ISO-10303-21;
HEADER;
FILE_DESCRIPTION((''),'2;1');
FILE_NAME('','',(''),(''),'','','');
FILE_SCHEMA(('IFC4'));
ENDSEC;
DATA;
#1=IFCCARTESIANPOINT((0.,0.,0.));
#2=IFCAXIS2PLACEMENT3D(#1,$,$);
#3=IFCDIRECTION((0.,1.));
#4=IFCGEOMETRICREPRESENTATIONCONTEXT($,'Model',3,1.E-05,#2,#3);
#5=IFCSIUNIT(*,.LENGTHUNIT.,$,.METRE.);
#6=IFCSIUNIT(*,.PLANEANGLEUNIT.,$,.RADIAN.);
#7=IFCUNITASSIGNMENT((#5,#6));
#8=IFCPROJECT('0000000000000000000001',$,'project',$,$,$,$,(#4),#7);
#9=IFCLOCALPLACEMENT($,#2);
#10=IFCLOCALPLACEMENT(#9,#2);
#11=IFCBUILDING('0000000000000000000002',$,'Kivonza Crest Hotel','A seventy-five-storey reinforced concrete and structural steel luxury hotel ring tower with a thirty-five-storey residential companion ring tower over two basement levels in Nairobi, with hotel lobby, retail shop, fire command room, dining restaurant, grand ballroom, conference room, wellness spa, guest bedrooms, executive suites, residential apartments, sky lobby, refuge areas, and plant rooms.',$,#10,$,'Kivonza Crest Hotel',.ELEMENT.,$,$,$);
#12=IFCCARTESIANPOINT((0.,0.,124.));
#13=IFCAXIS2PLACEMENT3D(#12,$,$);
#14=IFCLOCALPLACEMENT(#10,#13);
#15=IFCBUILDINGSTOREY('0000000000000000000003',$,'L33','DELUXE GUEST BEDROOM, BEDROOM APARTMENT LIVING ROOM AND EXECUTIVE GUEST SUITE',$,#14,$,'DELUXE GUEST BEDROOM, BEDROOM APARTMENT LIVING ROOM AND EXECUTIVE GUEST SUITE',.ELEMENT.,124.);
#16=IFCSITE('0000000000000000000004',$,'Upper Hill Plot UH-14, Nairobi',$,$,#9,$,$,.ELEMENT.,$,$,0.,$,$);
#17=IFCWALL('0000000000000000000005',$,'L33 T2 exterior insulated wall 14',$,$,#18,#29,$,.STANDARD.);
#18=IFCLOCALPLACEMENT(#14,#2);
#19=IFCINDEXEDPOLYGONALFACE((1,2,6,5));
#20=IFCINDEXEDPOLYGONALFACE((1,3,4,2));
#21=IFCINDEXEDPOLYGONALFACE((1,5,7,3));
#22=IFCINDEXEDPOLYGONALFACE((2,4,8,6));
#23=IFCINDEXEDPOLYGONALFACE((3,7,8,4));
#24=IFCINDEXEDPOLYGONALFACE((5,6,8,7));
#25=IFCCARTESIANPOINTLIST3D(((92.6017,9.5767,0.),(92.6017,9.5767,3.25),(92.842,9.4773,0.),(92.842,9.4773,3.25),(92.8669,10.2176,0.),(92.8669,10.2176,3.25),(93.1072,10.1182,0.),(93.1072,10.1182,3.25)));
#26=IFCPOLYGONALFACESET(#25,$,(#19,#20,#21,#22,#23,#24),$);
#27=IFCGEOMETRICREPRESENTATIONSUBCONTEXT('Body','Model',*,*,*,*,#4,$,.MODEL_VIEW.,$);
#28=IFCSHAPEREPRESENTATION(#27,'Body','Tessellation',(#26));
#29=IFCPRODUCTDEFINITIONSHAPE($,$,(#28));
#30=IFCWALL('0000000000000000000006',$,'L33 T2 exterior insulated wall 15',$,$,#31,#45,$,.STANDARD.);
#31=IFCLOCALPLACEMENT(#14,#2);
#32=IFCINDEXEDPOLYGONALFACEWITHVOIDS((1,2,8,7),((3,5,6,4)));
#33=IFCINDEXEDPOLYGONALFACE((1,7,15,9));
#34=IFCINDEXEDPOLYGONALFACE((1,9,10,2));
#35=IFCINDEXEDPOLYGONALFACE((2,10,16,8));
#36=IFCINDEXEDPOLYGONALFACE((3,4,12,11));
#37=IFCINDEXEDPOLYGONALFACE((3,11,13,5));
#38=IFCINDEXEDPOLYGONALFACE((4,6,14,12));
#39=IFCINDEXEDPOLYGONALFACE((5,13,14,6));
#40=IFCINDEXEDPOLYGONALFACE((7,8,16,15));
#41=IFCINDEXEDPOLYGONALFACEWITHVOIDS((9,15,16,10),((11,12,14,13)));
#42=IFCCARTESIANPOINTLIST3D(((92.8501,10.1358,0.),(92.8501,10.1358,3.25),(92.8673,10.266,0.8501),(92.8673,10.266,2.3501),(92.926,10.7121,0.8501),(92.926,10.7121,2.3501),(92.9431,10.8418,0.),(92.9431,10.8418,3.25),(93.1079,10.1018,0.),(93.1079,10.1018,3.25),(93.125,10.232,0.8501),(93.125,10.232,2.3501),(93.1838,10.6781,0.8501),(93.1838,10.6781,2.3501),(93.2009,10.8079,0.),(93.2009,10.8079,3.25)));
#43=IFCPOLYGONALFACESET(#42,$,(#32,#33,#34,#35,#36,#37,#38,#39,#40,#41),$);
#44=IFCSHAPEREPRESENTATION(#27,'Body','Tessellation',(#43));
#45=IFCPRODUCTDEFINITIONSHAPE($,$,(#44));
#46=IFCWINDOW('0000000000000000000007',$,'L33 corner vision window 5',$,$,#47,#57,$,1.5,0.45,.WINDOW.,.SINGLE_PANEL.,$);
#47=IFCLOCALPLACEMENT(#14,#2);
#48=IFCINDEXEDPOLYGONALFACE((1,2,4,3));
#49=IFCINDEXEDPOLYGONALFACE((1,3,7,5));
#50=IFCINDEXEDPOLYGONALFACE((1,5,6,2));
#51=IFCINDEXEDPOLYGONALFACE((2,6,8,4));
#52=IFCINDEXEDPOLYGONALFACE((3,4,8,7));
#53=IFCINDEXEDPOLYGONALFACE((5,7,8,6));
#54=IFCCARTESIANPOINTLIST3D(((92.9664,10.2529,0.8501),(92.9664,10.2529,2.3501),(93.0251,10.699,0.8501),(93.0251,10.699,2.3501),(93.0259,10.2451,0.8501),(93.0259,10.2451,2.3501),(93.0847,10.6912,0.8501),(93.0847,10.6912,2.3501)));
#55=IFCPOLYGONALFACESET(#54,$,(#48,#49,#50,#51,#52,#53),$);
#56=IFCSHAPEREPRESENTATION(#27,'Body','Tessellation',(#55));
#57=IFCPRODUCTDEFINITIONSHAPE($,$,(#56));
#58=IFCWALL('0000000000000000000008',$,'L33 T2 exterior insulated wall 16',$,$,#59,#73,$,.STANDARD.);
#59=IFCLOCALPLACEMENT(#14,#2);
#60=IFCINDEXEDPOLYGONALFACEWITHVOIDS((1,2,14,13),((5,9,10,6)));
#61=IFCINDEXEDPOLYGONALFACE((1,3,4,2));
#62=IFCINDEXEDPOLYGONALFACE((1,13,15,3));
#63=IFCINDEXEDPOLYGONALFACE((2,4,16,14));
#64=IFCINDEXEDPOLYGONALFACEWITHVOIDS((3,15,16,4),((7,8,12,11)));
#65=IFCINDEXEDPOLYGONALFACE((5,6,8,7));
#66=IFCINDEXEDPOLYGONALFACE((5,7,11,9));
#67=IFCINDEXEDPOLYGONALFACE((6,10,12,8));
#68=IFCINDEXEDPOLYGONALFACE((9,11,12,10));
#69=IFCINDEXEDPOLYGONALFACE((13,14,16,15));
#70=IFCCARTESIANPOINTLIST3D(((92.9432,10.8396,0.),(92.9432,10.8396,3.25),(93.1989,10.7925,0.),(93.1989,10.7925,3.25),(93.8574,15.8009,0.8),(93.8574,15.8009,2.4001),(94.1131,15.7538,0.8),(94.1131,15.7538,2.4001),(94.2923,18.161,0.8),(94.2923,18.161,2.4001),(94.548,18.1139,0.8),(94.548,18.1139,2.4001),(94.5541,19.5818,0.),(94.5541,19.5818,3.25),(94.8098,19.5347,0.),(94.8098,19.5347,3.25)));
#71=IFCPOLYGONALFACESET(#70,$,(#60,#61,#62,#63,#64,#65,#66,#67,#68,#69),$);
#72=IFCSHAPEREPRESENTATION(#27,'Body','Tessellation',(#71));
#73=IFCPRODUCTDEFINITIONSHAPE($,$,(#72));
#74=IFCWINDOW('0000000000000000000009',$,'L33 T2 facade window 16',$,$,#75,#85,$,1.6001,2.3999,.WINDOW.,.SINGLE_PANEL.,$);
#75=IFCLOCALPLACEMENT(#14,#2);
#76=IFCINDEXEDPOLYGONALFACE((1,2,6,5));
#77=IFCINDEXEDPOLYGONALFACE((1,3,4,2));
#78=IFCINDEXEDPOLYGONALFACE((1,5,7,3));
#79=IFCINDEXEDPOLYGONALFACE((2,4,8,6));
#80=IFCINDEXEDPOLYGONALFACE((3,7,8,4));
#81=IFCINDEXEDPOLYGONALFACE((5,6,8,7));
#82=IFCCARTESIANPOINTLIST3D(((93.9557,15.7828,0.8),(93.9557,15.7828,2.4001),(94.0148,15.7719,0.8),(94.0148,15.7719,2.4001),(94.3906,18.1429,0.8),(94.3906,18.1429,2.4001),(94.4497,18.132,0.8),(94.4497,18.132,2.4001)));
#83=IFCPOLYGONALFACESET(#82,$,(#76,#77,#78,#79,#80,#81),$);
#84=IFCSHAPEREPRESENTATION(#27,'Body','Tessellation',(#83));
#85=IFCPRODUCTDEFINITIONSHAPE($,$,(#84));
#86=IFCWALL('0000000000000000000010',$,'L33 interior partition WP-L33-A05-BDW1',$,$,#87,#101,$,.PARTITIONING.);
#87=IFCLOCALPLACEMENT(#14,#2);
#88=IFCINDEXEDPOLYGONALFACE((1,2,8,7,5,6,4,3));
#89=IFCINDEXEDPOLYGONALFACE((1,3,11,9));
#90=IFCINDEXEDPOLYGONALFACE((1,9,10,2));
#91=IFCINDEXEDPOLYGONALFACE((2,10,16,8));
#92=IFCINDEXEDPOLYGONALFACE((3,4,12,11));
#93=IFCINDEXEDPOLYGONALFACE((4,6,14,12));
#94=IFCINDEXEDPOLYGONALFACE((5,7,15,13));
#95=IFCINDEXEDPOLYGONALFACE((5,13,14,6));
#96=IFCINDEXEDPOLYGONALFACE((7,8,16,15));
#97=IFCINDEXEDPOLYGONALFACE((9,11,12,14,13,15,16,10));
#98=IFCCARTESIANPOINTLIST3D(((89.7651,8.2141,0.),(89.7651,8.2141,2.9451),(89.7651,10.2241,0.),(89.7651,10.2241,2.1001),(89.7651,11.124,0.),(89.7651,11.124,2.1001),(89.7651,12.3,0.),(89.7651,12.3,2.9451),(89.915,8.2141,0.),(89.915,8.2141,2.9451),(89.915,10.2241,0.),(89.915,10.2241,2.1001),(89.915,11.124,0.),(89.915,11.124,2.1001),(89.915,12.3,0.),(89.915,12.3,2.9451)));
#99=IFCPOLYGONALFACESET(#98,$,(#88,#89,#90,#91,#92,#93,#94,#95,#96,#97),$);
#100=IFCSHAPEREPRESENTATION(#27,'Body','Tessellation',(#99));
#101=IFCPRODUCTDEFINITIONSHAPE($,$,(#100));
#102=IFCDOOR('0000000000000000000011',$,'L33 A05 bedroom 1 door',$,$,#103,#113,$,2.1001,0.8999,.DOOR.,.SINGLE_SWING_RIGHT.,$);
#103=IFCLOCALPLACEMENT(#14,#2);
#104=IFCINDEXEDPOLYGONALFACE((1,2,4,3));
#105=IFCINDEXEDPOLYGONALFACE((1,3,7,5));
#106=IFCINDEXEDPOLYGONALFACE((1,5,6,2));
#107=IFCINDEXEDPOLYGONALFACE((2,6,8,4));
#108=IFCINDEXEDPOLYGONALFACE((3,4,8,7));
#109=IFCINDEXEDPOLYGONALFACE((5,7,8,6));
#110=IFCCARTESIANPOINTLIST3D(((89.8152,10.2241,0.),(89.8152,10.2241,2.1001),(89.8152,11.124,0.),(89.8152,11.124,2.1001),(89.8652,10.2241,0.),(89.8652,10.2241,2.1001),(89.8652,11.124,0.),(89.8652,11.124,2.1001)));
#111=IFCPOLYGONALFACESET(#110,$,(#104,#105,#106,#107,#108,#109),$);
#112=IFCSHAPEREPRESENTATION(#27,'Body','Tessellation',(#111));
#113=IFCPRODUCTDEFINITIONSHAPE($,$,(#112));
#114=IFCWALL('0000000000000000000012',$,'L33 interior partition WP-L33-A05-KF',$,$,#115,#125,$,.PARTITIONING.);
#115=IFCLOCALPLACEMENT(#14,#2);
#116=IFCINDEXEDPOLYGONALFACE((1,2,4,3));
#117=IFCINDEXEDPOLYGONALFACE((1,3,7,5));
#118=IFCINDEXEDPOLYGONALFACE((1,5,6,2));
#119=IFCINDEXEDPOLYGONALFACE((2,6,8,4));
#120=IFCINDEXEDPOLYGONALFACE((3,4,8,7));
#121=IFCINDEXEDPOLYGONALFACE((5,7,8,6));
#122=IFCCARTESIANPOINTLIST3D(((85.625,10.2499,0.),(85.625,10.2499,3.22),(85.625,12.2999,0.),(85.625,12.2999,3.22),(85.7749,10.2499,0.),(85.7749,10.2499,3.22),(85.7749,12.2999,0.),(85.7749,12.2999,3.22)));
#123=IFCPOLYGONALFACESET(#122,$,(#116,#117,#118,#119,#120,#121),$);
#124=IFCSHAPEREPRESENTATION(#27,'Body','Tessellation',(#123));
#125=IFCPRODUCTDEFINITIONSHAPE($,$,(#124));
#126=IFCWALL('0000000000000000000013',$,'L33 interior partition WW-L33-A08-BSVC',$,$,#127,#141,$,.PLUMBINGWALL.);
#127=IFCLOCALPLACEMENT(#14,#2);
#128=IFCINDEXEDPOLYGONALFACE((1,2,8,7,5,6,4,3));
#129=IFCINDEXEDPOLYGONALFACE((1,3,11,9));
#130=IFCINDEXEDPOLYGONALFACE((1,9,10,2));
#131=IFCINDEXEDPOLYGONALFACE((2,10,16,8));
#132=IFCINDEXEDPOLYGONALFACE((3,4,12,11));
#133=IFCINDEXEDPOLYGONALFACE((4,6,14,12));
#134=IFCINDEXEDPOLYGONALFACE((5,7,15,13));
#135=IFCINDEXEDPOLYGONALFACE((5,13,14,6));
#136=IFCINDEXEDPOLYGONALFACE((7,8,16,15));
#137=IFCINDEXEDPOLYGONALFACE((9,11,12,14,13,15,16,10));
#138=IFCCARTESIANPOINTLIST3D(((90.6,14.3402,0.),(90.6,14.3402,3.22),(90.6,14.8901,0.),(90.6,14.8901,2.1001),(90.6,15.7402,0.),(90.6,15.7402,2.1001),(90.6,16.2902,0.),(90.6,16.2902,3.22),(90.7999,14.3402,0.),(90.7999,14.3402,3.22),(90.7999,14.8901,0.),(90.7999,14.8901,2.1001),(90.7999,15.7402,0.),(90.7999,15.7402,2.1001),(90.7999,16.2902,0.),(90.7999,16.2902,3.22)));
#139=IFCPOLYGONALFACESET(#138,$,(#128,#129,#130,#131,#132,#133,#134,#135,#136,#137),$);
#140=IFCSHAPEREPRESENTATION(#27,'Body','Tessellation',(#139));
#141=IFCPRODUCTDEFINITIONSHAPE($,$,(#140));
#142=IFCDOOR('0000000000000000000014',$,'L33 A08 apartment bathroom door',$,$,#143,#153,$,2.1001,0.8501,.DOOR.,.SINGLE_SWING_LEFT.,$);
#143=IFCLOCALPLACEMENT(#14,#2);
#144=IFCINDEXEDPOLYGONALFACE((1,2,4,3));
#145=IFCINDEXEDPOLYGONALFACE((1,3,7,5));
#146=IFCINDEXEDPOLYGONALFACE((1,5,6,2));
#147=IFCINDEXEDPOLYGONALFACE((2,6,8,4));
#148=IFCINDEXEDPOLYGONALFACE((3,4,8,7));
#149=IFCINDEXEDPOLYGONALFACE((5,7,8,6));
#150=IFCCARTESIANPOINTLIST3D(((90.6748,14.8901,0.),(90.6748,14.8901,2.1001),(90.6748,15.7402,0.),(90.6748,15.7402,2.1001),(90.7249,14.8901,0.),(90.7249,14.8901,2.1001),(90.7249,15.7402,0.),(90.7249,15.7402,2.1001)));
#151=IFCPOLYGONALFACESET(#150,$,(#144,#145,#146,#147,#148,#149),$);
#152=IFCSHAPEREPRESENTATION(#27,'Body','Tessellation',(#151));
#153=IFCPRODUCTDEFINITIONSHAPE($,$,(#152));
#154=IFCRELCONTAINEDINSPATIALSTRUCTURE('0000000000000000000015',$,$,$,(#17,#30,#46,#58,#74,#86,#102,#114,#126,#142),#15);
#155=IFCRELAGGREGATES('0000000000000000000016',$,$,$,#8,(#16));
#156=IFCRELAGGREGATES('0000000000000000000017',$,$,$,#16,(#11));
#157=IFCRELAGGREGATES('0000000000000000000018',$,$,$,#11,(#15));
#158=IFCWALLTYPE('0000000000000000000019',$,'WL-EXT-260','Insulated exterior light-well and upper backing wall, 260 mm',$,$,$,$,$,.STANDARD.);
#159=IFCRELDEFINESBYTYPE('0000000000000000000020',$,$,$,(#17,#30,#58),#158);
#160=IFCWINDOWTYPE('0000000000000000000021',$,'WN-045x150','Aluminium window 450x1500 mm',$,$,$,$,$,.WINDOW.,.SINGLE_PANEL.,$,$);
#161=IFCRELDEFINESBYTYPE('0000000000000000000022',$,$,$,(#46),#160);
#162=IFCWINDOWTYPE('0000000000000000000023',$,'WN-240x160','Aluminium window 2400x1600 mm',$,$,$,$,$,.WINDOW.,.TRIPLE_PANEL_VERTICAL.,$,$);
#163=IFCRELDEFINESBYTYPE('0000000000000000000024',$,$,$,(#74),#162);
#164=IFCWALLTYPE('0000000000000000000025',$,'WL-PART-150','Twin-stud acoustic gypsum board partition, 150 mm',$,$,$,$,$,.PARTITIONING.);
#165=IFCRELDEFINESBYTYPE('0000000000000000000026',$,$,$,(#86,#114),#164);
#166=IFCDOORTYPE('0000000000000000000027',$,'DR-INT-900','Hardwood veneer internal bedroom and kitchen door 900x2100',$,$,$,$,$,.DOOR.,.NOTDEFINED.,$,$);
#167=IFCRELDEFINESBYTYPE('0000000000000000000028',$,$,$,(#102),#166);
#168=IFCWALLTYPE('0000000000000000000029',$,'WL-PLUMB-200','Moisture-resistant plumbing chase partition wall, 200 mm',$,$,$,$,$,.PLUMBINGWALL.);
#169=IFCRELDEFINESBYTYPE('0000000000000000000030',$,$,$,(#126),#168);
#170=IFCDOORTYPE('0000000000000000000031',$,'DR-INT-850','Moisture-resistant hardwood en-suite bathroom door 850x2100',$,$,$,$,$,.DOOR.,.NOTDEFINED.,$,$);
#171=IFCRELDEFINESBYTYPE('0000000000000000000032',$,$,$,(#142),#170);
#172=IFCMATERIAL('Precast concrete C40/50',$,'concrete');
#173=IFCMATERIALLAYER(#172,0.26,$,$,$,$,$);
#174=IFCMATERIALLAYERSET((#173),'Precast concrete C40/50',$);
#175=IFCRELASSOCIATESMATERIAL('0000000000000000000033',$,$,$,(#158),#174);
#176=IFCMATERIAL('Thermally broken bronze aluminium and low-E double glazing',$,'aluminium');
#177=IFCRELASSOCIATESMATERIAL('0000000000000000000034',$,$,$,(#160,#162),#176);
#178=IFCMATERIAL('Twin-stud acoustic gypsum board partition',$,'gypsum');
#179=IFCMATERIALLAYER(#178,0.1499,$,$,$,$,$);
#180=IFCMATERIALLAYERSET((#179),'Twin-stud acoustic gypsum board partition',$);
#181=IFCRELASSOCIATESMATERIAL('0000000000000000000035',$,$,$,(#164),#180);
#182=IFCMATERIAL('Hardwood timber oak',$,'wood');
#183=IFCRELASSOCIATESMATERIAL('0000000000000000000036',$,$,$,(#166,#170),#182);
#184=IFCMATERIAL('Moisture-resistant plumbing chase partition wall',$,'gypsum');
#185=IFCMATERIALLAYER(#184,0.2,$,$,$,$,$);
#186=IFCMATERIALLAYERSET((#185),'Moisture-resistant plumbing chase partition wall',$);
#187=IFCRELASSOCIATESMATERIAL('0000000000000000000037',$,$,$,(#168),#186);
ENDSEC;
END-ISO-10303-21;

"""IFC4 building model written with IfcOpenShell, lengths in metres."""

from ifc_helpers import new_model, si_unit, direction, frame, frame_2d, origin, place, context, subcontext, project, spatial, rectangle, extrude, material, layer, layer_set, type_object, element, fill, save


model = new_model("IFC4")

# Units and contexts
model_context = context("Model", 3, precision=1e-05, world=origin(), true_north=direction((0.0, 1.0)))
body_context = subcontext(model_context, "Body", "Model", "MODEL_VIEW")
ifc_project = project(units=[si_unit("LENGTHUNIT", "METRE"), si_unit("PLANEANGLEUNIT", "RADIAN")], contexts=[model_context])

# Site, building, storey
site_placement = place(None, origin())
site = spatial("IfcSite", under=ifc_project, at=site_placement, Name="Upper Hill Plot UH-14, Nairobi", CompositionType="ELEMENT", RefElevation=0.0)
building_placement = place(site_placement, origin())
building = spatial("IfcBuilding", under=site, at=building_placement, Name="Kivonza Crest Hotel", Description="A seventy-five-storey reinforced concrete and structural steel luxury hotel ring tower with a thirty-five-storey residential companion ring tower over two basement levels in Nairobi, with hotel lobby, retail shop, fire command room, dining restaurant, grand ballroom, conference room, wellness spa, guest bedrooms, executive suites, residential apartments, sky lobby, refuge areas, and plant rooms.", LongName="Kivonza Crest Hotel", CompositionType="ELEMENT")
storey_placement = place(building_placement, frame((0.0, 0.0, 124.0)))
storey = spatial("IfcBuildingStorey", under=building, at=storey_placement, Name="L33", Description="DELUXE GUEST BEDROOM, BEDROOM APARTMENT LIVING ROOM AND EXECUTIVE GUEST SUITE", LongName="DELUXE GUEST BEDROOM, BEDROOM APARTMENT LIVING ROOM AND EXECUTIVE GUEST SUITE", CompositionType="ELEMENT", Elevation=124.0)

# Shared definitions
ifc_material_1 = material(Name="Hardwood timber oak", Category="wood")

# Wall
ifc_material_2 = material(Name="Precast concrete C40/50", Category="concrete")
ifc_layer_1 = layer(ifc_material_2, 0.26)
ifc_layer_set_1 = layer_set([ifc_layer_1], Name="Precast concrete C40/50")
wall_type_1 = type_object("IfcWallType", Name="WL-EXT-260", Description="Insulated exterior light-well and upper backing wall, 260 mm", PredefinedType="STANDARD", material=ifc_layer_set_1)
wall_1_placement = place(storey_placement, frame((92.7219, 9.5271, 0.0), z_axis=(0.0, 0.0, 1.0), x_axis=(0.38229, 0.924043, 0.0)))
element("IfcWall", 1, at=wall_1_placement, inside=storey, type_object=wall_type_1, Name="L33 T2 exterior insulated wall 14", PredefinedType="STANDARD", context=body_context, shape_type="SweptSolid", body=[
    extrude(rectangle(XDim=0.6936, YDim=0.26, at=frame_2d((0.3467, 0.0))), origin(), (0.0, 0.0, 1.0), 3.25),
])

# Walls, openings, windows
wall_2_placement = place(storey_placement, frame((92.979, 10.1189, 0.0), z_axis=(0.0, 0.0, 1.0), x_axis=(0.130614, 0.991433, 0.0)))
wall_2 = element("IfcWall", 2, at=wall_2_placement, inside=storey, type_object=wall_type_1, Name="L33 T2 exterior insulated wall 15", PredefinedType="STANDARD", context=body_context, shape_type="SweptSolid", body=[
    extrude(rectangle(XDim=0.7122, YDim=0.26, at=frame_2d((0.356, 0.0))), origin(), (0.0, 0.0, 1.0), 3.25),
])
opening_1_placement = place(wall_2_placement, frame((0.1311, 0.0, 0.8501)))
opening_1 = element("IfcOpeningElement", 3, at=opening_1_placement, cuts=wall_2, PredefinedType="OPENING", context=body_context, shape_type="SweptSolid", body=[
    extrude(rectangle(XDim=0.45, YDim=1.5, at=frame_2d((0.2251, 0.75))), frame((0.0, 0.1401, 0.0), z_axis=(0.0, -1.0, 0.0), x_axis=(1.0, 0.0, 0.0)), (0.0, 0.0, 1.0), 0.28),
])
ifc_material_3 = material(Name="Thermally broken bronze aluminium and low-E double glazing", Category="aluminium")
window_type_1 = type_object("IfcWindowType", Name="WN-045x150", Description="Aluminium window 450x1500 mm", PartitioningType="SINGLE_PANEL", PredefinedType="WINDOW", material=ifc_material_3)
window_1_placement = place(opening_1_placement, origin())
window_1 = element("IfcWindow", 4, at=window_1_placement, inside=storey, type_object=window_type_1, Name="L33 corner vision window 5", OverallHeight=1.5, OverallWidth=0.45, PartitioningType="SINGLE_PANEL", PredefinedType="WINDOW", context=body_context, shape_type="SweptSolid", body=[
    extrude(rectangle(XDim=0.45, YDim=1.5, at=frame_2d((0.2251, 0.75))), frame((0.0, 0.03, 0.0), z_axis=(0.0, -1.0, 0.0), x_axis=(1.0, 0.0, 0.0)), (0.0, 0.0, 1.0), 0.0601),
])
fill(opening_1, window_1)
wall_3_placement = place(storey_placement, frame((93.071, 10.8159, 0.0), z_axis=(0.0, 0.0, 1.0), x_axis=(0.18121, 0.983444, 0.0)))
wall_3 = element("IfcWall", 5, at=wall_3_placement, inside=storey, type_object=wall_type_1, Name="L33 T2 exterior insulated wall 16", PredefinedType="STANDARD", context=body_context, shape_type="SweptSolid", body=[
    extrude(rectangle(XDim=8.8894, YDim=0.26, at=frame_2d((4.4448, 0.0))), origin(), (0.0, 0.0, 1.0), 3.25),
])
opening_2_placement = place(wall_3_placement, frame((5.0449, 0.0, 0.8)))
opening_2 = element("IfcOpeningElement", 6, at=opening_2_placement, cuts=wall_3, PredefinedType="OPENING", context=body_context, shape_type="SweptSolid", body=[
    extrude(rectangle(XDim=2.3999, YDim=1.6001, at=frame_2d((1.2, 0.8))), frame((0.0, 0.1401, 0.0), z_axis=(0.0, -1.0, 0.0), x_axis=(1.0, 0.0, 0.0)), (0.0, 0.0, 1.0), 0.28),
])
window_type_2 = type_object("IfcWindowType", Name="WN-240x160", Description="Aluminium window 2400x1600 mm", PartitioningType="TRIPLE_PANEL_VERTICAL", PredefinedType="WINDOW", material=ifc_material_3)
window_2_placement = place(opening_2_placement, origin())
window_2 = element("IfcWindow", 7, at=window_2_placement, inside=storey, type_object=window_type_2, Name="L33 T2 facade window 16", OverallHeight=1.6001, OverallWidth=2.3999, PartitioningType="SINGLE_PANEL", PredefinedType="WINDOW", context=body_context, shape_type="SweptSolid", body=[
    extrude(rectangle(XDim=2.3999, YDim=1.6001, at=frame_2d((1.2, 0.8))), frame((0.0, 0.03, 0.0), z_axis=(0.0, -1.0, 0.0), x_axis=(1.0, 0.0, 0.0)), (0.0, 0.0, 1.0), 0.0601),
])
fill(opening_2, window_2)

# Wall, opening, door
ifc_material_4 = material(Name="Twin-stud acoustic gypsum board partition", Category="gypsum")
ifc_layer_2 = layer(ifc_material_4, 0.1499)
ifc_layer_set_2 = layer_set([ifc_layer_2], Name="Twin-stud acoustic gypsum board partition")
wall_type_2 = type_object("IfcWallType", Name="WL-PART-150", Description="Twin-stud acoustic gypsum board partition, 150 mm", PredefinedType="PARTITIONING", material=ifc_layer_set_2)
wall_4_placement = place(storey_placement, frame((89.8401, 8.2141, 0.0), z_axis=(0.0, 0.0, 1.0), x_axis=(0.0, 1.0, 0.0)))
wall_4 = element("IfcWall", 8, at=wall_4_placement, inside=storey, type_object=wall_type_2, Name="L33 interior partition WP-L33-A05-BDW1", PredefinedType="PARTITIONING", context=body_context, shape_type="SweptSolid", body=[
    extrude(rectangle(XDim=4.0859, YDim=0.1499, at=frame_2d((2.043, 0.0))), origin(), (0.0, 0.0, 1.0), 2.9451),
])
opening_3_placement = place(wall_4_placement, frame((2.01, 0.0, 0.0)))
opening_3 = element("IfcOpeningElement", 9, at=opening_3_placement, cuts=wall_4, PredefinedType="OPENING", context=body_context, shape_type="SweptSolid", body=[
    extrude(rectangle(XDim=0.8999, YDim=2.1001, at=frame_2d((0.45, 1.05))), frame((0.0, 0.085, 0.0), z_axis=(0.0, -1.0, 0.0), x_axis=(1.0, 0.0, 0.0)), (0.0, 0.0, 1.0), 0.1699),
])
door_type_1 = type_object("IfcDoorType", Name="DR-INT-900", Description="Hardwood veneer internal bedroom and kitchen door 900x2100", OperationType="NOTDEFINED", PredefinedType="DOOR", material=ifc_material_1)
door_1_placement = place(opening_3_placement, origin())
door_1 = element("IfcDoor", 10, at=door_1_placement, inside=storey, type_object=door_type_1, Name="L33 A05 bedroom 1 door", OperationType="SINGLE_SWING_RIGHT", OverallHeight=2.1001, OverallWidth=0.8999, PredefinedType="DOOR", context=body_context, shape_type="SweptSolid", body=[
    extrude(rectangle(XDim=0.8999, YDim=2.1001, at=frame_2d((0.45, 1.05))), frame((0.0, 0.0249, 0.0), z_axis=(0.0, -1.0, 0.0), x_axis=(1.0, 0.0, 0.0)), (0.0, 0.0, 1.0), 0.05),
])
fill(opening_3, door_1)

# Wall
wall_5_placement = place(storey_placement, frame((85.7, 10.25, 0.0), z_axis=(0.0, 0.0, 1.0), x_axis=(0.0, 1.0, 0.0)))
element("IfcWall", 11, at=wall_5_placement, inside=storey, type_object=wall_type_2, Name="L33 interior partition WP-L33-A05-KF", PredefinedType="PARTITIONING", context=body_context, shape_type="SweptSolid", body=[
    extrude(rectangle(XDim=2.05, YDim=0.1499, at=frame_2d((1.0249, 0.0))), origin(), (0.0, 0.0, 1.0), 3.22),
])

# Wall, opening, door
ifc_material_5 = material(Name="Moisture-resistant plumbing chase partition wall", Category="gypsum")
ifc_layer_3 = layer(ifc_material_5, 0.2)
ifc_layer_set_3 = layer_set([ifc_layer_3], Name="Moisture-resistant plumbing chase partition wall")
wall_type_3 = type_object("IfcWallType", Name="WL-PLUMB-200", Description="Moisture-resistant plumbing chase partition wall, 200 mm", PredefinedType="PLUMBINGWALL", material=ifc_layer_set_3)
wall_6_placement = place(storey_placement, frame((90.7, 14.3401, 0.0), z_axis=(0.0, 0.0, 1.0), x_axis=(0.0, 1.0, 0.0)))
wall_6 = element("IfcWall", 12, at=wall_6_placement, inside=storey, type_object=wall_type_3, Name="L33 interior partition WW-L33-A08-BSVC", PredefinedType="PLUMBINGWALL", context=body_context, shape_type="SweptSolid", body=[
    extrude(rectangle(XDim=1.95, YDim=0.2, at=frame_2d((0.9751, 0.0))), origin(), (0.0, 0.0, 1.0), 3.22),
])
opening_4_placement = place(wall_6_placement, frame((0.55, 0.0, 0.0)))
opening_4 = element("IfcOpeningElement", 13, at=opening_4_placement, cuts=wall_6, PredefinedType="OPENING", context=body_context, shape_type="SweptSolid", body=[
    extrude(rectangle(XDim=0.8501, YDim=2.1001, at=frame_2d((0.425, 1.05))), frame((0.0, 0.1099, 0.0), z_axis=(0.0, -1.0, 0.0), x_axis=(1.0, 0.0, 0.0)), (0.0, 0.0, 1.0), 0.22),
])
door_type_2 = type_object("IfcDoorType", Name="DR-INT-850", Description="Moisture-resistant hardwood en-suite bathroom door 850x2100", OperationType="NOTDEFINED", PredefinedType="DOOR", material=ifc_material_1)
door_2_placement = place(opening_4_placement, frame((0.8501, 0.0, 0.0), z_axis=(0.0, 0.0, 1.0), x_axis=(-1.0, 0.0, 0.0)))
door_2 = element("IfcDoor", 14, at=door_2_placement, inside=storey, type_object=door_type_2, Name="L33 A08 apartment bathroom door", OperationType="SINGLE_SWING_LEFT", OverallHeight=2.1001, OverallWidth=0.8501, PredefinedType="DOOR", context=body_context, shape_type="SweptSolid", body=[
    extrude(rectangle(XDim=0.8501, YDim=2.1001, at=frame_2d((0.425, 1.05))), frame((0.0, 0.0249, 0.0), z_axis=(0.0, -1.0, 0.0), x_axis=(1.0, 0.0, 0.0)), (0.0, 0.0, 1.0), 0.05),
])
fill(opening_4, door_2)

save(model, "model.ifc")
